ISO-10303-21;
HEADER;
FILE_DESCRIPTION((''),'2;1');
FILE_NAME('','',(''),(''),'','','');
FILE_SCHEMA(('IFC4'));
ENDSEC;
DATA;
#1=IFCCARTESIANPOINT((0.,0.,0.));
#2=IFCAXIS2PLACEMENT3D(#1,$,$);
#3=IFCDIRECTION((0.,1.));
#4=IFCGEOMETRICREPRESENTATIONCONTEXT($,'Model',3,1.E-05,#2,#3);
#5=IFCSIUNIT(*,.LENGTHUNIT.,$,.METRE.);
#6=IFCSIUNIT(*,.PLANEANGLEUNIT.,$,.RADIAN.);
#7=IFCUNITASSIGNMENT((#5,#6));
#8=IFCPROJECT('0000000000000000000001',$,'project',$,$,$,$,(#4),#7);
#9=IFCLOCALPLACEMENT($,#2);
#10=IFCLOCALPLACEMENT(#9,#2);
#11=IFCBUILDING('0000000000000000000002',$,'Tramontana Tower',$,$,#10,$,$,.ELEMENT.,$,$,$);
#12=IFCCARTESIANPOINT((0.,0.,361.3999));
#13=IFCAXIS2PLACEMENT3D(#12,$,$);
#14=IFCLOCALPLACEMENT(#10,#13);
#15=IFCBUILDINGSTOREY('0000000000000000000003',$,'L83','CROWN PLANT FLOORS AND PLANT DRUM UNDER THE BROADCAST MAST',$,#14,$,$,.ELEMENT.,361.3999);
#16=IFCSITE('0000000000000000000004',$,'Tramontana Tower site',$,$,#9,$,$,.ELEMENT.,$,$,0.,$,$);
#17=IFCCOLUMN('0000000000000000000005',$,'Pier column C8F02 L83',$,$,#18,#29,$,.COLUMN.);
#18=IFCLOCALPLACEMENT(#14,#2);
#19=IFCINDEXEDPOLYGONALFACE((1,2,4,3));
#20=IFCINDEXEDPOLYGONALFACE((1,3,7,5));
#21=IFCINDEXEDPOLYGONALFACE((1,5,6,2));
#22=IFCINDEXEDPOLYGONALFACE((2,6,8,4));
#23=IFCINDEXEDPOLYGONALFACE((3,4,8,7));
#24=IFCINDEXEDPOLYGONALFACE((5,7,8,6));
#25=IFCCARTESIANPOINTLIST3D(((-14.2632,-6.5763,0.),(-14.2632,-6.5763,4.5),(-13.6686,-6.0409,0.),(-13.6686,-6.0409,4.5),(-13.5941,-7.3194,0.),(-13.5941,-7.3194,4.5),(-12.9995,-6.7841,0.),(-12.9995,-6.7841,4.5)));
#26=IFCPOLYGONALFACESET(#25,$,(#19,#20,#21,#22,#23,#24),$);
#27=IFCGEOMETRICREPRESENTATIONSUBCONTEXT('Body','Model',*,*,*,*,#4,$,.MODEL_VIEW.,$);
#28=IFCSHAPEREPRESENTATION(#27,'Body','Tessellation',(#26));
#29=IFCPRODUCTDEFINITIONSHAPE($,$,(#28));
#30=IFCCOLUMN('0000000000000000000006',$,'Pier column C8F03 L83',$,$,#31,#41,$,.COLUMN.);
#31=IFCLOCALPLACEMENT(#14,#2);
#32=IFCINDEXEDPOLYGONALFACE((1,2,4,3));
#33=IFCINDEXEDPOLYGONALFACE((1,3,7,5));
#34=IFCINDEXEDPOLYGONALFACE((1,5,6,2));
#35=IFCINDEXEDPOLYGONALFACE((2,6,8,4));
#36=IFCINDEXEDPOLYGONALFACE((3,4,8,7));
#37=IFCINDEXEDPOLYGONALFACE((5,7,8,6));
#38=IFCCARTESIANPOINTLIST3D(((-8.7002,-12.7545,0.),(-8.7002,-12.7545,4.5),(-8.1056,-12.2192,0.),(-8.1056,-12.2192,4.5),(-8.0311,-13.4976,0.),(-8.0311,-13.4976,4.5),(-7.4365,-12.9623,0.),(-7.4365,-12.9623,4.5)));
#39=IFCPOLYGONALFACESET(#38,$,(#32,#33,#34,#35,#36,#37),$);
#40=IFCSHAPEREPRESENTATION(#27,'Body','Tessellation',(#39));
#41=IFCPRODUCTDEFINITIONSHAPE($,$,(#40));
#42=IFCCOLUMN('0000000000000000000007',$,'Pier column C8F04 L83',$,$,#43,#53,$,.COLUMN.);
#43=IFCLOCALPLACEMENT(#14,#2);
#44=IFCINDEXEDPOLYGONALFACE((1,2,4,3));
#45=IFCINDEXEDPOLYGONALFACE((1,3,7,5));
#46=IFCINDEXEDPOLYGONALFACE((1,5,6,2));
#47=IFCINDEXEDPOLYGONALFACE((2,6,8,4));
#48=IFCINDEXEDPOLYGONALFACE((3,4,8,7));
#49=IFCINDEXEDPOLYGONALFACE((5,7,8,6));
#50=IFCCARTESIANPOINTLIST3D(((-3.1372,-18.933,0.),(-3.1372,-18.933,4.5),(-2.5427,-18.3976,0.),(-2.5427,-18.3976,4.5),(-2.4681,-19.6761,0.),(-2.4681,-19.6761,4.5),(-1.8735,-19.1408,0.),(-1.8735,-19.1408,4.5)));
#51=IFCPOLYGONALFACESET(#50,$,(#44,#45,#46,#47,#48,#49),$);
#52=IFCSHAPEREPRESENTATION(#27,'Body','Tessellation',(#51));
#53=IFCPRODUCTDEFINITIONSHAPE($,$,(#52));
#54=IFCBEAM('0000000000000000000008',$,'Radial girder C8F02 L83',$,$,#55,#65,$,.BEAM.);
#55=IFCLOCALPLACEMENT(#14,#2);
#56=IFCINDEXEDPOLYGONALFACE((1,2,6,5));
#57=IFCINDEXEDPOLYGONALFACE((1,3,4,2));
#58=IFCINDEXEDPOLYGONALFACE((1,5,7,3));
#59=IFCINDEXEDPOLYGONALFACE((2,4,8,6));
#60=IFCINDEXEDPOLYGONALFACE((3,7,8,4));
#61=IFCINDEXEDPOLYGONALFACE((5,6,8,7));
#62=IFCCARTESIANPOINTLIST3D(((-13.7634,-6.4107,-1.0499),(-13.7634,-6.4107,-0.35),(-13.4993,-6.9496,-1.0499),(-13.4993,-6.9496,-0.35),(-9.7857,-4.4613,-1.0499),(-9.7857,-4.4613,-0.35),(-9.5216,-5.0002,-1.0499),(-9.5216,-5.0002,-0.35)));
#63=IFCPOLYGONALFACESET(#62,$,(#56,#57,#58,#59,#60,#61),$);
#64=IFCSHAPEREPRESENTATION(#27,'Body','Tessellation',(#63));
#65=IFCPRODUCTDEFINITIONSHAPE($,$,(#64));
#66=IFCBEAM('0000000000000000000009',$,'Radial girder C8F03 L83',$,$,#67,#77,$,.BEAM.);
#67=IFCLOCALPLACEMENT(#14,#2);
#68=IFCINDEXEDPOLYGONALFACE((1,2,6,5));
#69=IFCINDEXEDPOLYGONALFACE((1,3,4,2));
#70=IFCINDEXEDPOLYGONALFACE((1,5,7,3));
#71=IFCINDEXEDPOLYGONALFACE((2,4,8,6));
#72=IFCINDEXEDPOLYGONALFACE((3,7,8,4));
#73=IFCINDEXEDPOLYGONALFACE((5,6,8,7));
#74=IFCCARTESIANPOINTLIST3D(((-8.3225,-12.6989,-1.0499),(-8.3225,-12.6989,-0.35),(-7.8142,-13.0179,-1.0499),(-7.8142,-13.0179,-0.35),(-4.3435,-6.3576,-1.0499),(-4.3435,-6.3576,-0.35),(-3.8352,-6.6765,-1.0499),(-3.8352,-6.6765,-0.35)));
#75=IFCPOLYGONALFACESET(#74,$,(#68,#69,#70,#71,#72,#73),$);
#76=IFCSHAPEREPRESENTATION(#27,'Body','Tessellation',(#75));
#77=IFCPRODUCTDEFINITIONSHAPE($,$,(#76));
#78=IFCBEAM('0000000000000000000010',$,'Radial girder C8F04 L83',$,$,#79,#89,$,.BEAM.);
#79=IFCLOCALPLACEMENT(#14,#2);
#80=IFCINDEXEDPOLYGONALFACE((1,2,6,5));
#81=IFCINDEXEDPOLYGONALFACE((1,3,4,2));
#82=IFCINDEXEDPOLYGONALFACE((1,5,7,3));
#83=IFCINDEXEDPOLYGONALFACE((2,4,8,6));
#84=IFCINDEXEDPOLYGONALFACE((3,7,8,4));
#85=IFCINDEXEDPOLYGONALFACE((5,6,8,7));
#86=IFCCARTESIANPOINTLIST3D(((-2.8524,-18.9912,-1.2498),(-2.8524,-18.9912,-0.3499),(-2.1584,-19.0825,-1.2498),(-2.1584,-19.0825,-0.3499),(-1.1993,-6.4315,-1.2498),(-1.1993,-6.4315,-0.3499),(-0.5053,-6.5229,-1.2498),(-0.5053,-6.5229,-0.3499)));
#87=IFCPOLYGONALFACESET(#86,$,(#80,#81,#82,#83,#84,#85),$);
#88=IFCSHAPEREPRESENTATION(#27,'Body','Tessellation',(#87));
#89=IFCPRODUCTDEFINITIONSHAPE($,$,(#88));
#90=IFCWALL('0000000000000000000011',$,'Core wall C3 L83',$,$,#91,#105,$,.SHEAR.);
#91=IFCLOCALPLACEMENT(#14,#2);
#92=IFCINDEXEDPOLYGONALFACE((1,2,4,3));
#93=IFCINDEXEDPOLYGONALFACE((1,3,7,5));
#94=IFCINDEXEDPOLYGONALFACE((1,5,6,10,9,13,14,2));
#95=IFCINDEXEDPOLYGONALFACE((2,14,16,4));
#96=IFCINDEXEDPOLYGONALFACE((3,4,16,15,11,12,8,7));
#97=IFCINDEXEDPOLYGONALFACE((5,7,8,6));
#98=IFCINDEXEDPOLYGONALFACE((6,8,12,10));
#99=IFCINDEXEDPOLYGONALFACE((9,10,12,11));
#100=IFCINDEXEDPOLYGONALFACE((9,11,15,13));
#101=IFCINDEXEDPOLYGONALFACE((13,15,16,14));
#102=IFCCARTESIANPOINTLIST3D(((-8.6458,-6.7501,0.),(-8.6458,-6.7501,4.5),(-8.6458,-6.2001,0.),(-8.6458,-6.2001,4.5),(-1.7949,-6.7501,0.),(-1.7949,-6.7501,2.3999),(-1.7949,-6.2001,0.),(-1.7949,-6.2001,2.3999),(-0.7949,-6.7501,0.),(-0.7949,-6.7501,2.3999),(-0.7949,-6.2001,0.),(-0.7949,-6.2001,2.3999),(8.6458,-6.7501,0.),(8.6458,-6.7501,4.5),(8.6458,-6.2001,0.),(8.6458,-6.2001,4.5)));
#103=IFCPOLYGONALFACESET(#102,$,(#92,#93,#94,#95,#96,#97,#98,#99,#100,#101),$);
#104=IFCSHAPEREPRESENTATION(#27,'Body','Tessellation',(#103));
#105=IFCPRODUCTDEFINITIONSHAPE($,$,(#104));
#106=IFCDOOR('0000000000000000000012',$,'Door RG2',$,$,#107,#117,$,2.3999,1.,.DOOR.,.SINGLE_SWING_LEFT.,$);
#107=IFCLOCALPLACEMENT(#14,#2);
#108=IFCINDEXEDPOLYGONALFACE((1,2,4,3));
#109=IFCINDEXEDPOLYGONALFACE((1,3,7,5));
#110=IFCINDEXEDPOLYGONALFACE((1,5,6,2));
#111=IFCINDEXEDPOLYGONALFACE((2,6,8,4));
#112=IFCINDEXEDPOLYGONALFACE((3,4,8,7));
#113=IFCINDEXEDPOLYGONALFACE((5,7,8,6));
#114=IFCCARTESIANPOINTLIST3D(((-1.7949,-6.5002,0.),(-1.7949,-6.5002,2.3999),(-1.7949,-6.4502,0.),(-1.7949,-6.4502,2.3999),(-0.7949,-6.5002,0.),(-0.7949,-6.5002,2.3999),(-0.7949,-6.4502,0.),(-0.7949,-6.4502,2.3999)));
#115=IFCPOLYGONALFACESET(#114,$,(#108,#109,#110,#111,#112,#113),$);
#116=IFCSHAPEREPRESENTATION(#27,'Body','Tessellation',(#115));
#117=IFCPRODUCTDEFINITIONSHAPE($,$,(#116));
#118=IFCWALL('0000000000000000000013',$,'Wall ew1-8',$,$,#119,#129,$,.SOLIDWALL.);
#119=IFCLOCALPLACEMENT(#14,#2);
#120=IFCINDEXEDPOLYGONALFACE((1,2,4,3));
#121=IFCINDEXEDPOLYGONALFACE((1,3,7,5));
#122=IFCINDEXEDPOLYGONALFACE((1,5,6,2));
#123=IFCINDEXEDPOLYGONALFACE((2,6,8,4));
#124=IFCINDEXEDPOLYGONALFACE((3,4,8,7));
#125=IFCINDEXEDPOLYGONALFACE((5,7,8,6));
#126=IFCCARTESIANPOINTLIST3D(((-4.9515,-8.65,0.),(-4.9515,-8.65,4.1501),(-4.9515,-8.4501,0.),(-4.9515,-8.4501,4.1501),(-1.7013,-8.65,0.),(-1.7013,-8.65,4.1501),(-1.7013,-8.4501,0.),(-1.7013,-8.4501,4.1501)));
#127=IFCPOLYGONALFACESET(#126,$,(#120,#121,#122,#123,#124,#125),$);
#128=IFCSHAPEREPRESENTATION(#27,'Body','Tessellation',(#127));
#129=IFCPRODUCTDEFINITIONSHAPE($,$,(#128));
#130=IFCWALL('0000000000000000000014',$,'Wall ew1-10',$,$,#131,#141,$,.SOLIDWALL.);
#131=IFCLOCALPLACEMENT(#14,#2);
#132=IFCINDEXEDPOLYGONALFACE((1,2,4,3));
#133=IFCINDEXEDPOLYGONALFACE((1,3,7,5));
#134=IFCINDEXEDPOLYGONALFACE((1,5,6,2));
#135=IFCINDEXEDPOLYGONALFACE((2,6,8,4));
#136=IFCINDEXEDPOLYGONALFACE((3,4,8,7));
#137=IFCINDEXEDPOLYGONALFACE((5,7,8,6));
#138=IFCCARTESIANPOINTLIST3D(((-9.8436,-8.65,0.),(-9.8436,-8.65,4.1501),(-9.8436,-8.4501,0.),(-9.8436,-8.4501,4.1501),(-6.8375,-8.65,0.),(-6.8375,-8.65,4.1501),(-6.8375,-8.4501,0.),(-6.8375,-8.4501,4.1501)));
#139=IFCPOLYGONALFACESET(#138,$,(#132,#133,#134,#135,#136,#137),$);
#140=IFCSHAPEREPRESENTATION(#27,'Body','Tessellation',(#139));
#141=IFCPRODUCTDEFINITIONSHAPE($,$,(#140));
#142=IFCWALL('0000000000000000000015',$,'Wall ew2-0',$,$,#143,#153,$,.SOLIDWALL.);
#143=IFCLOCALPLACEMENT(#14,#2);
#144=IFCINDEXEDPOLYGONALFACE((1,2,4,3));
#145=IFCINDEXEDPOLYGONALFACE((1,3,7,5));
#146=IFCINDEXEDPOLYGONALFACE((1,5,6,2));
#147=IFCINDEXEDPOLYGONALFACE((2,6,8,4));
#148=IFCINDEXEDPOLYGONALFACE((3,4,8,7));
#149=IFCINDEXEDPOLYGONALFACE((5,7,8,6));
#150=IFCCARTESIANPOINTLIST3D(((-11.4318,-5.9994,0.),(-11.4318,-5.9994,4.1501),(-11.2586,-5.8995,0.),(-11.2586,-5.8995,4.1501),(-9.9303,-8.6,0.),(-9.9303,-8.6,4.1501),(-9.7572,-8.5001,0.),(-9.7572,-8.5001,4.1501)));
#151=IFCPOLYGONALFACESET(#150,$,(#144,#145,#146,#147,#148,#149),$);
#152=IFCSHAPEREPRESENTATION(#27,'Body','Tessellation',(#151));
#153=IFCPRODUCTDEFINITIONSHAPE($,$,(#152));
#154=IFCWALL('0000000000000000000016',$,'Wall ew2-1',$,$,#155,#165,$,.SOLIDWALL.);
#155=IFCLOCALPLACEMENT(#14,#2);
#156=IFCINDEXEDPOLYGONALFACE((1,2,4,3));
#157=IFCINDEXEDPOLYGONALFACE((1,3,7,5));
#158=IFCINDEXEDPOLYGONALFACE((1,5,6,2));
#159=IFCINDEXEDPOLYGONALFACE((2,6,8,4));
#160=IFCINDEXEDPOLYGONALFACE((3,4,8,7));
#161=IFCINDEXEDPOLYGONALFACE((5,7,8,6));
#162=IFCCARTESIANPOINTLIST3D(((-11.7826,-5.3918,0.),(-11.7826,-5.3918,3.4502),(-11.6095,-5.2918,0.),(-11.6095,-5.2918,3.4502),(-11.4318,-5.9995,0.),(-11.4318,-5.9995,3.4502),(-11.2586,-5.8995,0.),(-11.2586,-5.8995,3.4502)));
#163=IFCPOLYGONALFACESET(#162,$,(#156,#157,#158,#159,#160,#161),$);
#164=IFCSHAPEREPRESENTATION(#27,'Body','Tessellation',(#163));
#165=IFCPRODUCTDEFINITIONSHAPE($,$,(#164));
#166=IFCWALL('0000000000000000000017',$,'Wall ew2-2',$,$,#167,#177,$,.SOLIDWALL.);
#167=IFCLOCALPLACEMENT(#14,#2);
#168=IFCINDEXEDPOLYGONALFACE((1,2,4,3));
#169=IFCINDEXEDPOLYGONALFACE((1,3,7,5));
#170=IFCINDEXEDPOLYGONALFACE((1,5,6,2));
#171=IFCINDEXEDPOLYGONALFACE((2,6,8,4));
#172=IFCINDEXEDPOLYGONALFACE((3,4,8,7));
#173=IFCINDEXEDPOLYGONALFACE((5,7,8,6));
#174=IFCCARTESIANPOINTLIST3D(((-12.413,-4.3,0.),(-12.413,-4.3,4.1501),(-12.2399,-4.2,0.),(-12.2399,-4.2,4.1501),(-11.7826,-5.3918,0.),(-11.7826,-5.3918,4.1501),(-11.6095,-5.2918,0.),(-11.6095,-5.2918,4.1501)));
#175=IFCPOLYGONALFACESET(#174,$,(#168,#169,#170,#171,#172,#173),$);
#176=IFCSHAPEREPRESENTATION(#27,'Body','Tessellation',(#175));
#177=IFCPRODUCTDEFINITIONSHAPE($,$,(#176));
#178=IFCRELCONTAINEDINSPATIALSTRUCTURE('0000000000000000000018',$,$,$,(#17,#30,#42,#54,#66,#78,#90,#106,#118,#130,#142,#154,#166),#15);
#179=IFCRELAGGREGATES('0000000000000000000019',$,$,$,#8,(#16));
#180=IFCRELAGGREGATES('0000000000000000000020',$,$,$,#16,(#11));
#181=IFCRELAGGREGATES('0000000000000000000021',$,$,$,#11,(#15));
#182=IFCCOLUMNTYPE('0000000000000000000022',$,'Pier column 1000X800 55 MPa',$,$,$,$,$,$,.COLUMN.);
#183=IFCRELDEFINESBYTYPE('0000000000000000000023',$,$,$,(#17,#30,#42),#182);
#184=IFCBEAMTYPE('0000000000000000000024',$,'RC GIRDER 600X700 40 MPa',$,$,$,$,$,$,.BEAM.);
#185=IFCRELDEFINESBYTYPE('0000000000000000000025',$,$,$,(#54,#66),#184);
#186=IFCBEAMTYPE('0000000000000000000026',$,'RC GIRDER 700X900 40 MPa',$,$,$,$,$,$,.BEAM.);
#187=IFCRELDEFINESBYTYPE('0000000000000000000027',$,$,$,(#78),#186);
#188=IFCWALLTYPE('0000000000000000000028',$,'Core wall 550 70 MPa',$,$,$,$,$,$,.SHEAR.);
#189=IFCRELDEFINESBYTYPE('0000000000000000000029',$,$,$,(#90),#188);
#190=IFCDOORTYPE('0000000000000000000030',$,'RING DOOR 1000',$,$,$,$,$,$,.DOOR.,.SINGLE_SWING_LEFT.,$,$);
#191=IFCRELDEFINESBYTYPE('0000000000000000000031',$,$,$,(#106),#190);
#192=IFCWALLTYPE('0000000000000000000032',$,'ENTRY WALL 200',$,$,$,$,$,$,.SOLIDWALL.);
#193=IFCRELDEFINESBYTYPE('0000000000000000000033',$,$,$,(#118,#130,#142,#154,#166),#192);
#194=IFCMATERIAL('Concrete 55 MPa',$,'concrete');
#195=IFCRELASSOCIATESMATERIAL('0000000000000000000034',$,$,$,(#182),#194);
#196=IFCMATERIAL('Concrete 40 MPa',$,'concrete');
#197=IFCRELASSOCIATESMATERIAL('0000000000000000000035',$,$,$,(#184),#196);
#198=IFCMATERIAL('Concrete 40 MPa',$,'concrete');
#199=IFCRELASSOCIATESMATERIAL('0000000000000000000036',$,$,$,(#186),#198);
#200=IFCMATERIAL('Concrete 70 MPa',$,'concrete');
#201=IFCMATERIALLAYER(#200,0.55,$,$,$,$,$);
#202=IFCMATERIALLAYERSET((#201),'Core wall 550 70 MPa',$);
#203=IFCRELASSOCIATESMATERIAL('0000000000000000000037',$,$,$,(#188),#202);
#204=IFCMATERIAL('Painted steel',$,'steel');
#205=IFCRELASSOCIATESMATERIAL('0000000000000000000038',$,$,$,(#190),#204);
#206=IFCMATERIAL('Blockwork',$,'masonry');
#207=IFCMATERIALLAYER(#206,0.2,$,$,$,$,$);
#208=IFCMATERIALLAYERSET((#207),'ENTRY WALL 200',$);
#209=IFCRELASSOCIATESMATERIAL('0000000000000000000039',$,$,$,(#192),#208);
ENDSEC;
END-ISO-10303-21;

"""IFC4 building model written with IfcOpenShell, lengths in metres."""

from ifc_helpers import new_model, si_unit, direction, frame, frame_2d, origin, origin_2d, place, context, subcontext, project, spatial, rectangle, extrude, material, layer, layer_set, material_profile, profile_set, type_object, element, fill, save


model = new_model("IFC4")

# Units and contexts
model_context = context("Model", 3, precision=1e-05, world=origin(), true_north=direction((0.0, 1.0)))
body_context = subcontext(model_context, "Body", "Model", "MODEL_VIEW")
ifc_project = project(units=[si_unit("LENGTHUNIT", "METRE"), si_unit("PLANEANGLEUNIT", "RADIAN")], contexts=[model_context])

# Site, building, storey
site_placement = place(None, origin())
site = spatial("IfcSite", under=ifc_project, at=site_placement, Name="Tramontana Tower site", CompositionType="ELEMENT", RefElevation=0.0)
building_placement = place(site_placement, origin())
building = spatial("IfcBuilding", under=site, at=building_placement, Name="Tramontana Tower", CompositionType="ELEMENT")
storey_placement = place(building_placement, frame((0.0, 0.0, 361.3999)))
storey = spatial("IfcBuildingStorey", under=building, at=storey_placement, Name="L83", Description="CROWN PLANT FLOORS AND PLANT DRUM UNDER THE BROADCAST MAST", CompositionType="ELEMENT", Elevation=361.3999)

# Columns
ifc_material_1 = material(Name="Concrete 55 MPa", Category="concrete")
ifc_material_profile_1 = material_profile(ifc_material_1, rectangle(XDim=1.0, YDim=0.8, at=origin_2d()), Name="Pier column 1000X800 55 MPa")
ifc_profile_set_1 = profile_set([ifc_material_profile_1], Name="Concrete 55 MPa")
column_type = type_object("IfcColumnType", Name="Pier column 1000X800 55 MPa", PredefinedType="COLUMN", material=ifc_profile_set_1)
for number, where, z_axis, x_axis, name in (
    (1, (-13.6313, -6.6802, 0.0), (0.0, 0.0, 1.0), (0.669131, -0.743145, 0.0), "Pier column C8F02 L83"),
    (2, (-8.0684, -12.8584, 0.0), (0.0, 0.0, 1.0), (0.669131, -0.743145, 0.0), "Pier column C8F03 L83"),
    (3, (-2.5054, -19.0369, 0.0), (0.0, 0.0, 1.0), (0.669131, -0.743145, 0.0), "Pier column C8F04 L83"),
):
    element("IfcColumn", number, at=place(storey_placement, frame(where, z_axis=z_axis, x_axis=x_axis)), inside=storey, type_object=column_type, Name=name, PredefinedType="COLUMN", context=body_context, shape_type="SweptSolid", body=[
        extrude(rectangle(XDim=1.0, YDim=0.8, at=origin_2d()), origin(), (0.0, 0.0, 1.0), 4.5),
    ])

# Beams
ifc_material_2 = material(Name="Concrete 40 MPa", Category="concrete")
ifc_material_profile_2 = material_profile(ifc_material_2, rectangle(XDim=0.6001, YDim=0.7, at=origin_2d()), Name="RC GIRDER 600X700 40 MPa")
ifc_profile_set_2 = profile_set([ifc_material_profile_2], Name="Concrete 40 MPa")
beam_type_1 = type_object("IfcBeamType", Name="RC GIRDER 600X700 40 MPa", PredefinedType="BEAM", material=ifc_profile_set_2)
beam_1_placement = place(storey_placement, frame((-13.6313, -6.6802, -0.7), z_axis=(0.897959, 0.440079, 0.0), x_axis=(-0.440079, 0.897959, 0.0)))
element("IfcBeam", 4, at=beam_1_placement, inside=storey, type_object=beam_type_1, Name="Radial girder C8F02 L83", PredefinedType="BEAM", context=body_context, shape_type="SweptSolid", body=[
    extrude(rectangle(XDim=0.6001, YDim=0.7, at=origin_2d()), origin(), (0.0, 0.0, 1.0), 4.4297),
])
beam_2_placement = place(storey_placement, frame((-8.0684, -12.8584, -0.7), z_axis=(0.531505, 0.847055, 0.0), x_axis=(-0.847055, 0.531505, 0.0)))
element("IfcBeam", 5, at=beam_2_placement, inside=storey, type_object=beam_type_1, Name="Radial girder C8F03 L83", PredefinedType="BEAM", context=body_context, shape_type="SweptSolid", body=[
    extrude(rectangle(XDim=0.6001, YDim=0.7, at=origin_2d()), origin(), (0.0, 0.0, 1.0), 7.4863),
])
ifc_material_3 = material(Name="Concrete 40 MPa", Category="concrete")
ifc_material_profile_3 = material_profile(ifc_material_3, rectangle(XDim=0.7, YDim=0.8999, at=origin_2d()), Name="RC GIRDER 700X900 40 MPa")
ifc_profile_set_3 = profile_set([ifc_material_profile_3], Name="Concrete 40 MPa")
beam_type_2 = type_object("IfcBeamType", Name="RC GIRDER 700X900 40 MPa", PredefinedType="BEAM", material=ifc_profile_set_3)
beam_3_placement = place(storey_placement, frame((-2.5054, -19.0369, -0.7998), z_axis=(0.130493, 0.991449, 0.0), x_axis=(-0.991449, 0.130493, 0.0)))
element("IfcBeam", 6, at=beam_3_placement, inside=storey, type_object=beam_type_2, Name="Radial girder C8F04 L83", PredefinedType="BEAM", context=body_context, shape_type="SweptSolid", body=[
    extrude(rectangle(XDim=0.7, YDim=0.8999, at=origin_2d()), origin(), (0.0, 0.0, 1.0), 12.668),
])

# Wall, opening, door
ifc_material_4 = material(Name="Concrete 70 MPa", Category="concrete")
ifc_layer_1 = layer(ifc_material_4, 0.55)
ifc_layer_set_1 = layer_set([ifc_layer_1], Name="Core wall 550 70 MPa")
wall_type_1 = type_object("IfcWallType", Name="Core wall 550 70 MPa", PredefinedType="SHEAR", material=ifc_layer_set_1)
wall_1_placement = place(storey_placement, frame((-8.6458, -6.4751, 0.0), z_axis=(0.0, 0.0, 1.0), x_axis=(1.0, 0.0, 0.0)))
wall_1 = element("IfcWall", 7, at=wall_1_placement, inside=storey, type_object=wall_type_1, Name="Core wall C3 L83", PredefinedType="SHEAR", context=body_context, shape_type="SweptSolid", body=[
    extrude(rectangle(XDim=17.2915, YDim=0.55, at=frame_2d((8.6458, 0.0))), origin(), (0.0, 0.0, 1.0), 4.5),
])
opening_1_placement = place(wall_1_placement, frame((6.8508, 0.0, 0.0)))
opening_1 = element("IfcOpeningElement", 8, at=opening_1_placement, cuts=wall_1, PredefinedType="OPENING", context=body_context, shape_type="SweptSolid", body=[
    extrude(rectangle(XDim=1.0, YDim=2.3999, at=frame_2d((0.5, 1.2))), frame((0.0, 0.2849, 0.0), z_axis=(0.0, -1.0, 0.0), x_axis=(1.0, 0.0, 0.0)), (0.0, 0.0, 1.0), 0.5701),
])
ifc_material_5 = material(Name="Painted steel", Category="steel")
door_type_1 = type_object("IfcDoorType", Name="RING DOOR 1000", OperationType="SINGLE_SWING_LEFT", PredefinedType="DOOR", material=ifc_material_5)
door_1_placement = place(opening_1_placement, origin())
door_1 = element("IfcDoor", 9, at=door_1_placement, inside=storey, type_object=door_type_1, Name="Door RG2", OperationType="SINGLE_SWING_LEFT", OverallHeight=2.3999, OverallWidth=1.0, PredefinedType="DOOR", context=body_context, shape_type="SweptSolid", body=[
    extrude(rectangle(XDim=1.0, YDim=2.3999, at=frame_2d((0.5, 1.2))), frame((0.0, 0.0249, 0.0), z_axis=(0.0, -1.0, 0.0), x_axis=(1.0, 0.0, 0.0)), (0.0, 0.0, 1.0), 0.05),
])
fill(opening_1, door_1)
ifc_material_6 = material(Name="Blockwork", Category="masonry")
ifc_layer_2 = layer(ifc_material_6, 0.2)
ifc_layer_set_2 = layer_set([ifc_layer_2], Name="ENTRY WALL 200")
wall_type_2 = type_object("IfcWallType", Name="ENTRY WALL 200", PredefinedType="SOLIDWALL", material=ifc_layer_set_2)

# Wall
wall_2_placement = place(storey_placement, frame((-1.7014, -8.55, 0.0), z_axis=(0.0, 0.0, 1.0), x_axis=(-1.0, 0.0, 0.0)))
element("IfcWall", 10, at=wall_2_placement, inside=storey, type_object=wall_type_2, Name="Wall ew1-8", PredefinedType="SOLIDWALL", context=body_context, shape_type="SweptSolid", body=[
    extrude(rectangle(XDim=3.2502, YDim=0.2, at=frame_2d((1.625, 0.0))), origin(), (0.0, 0.0, 1.0), 4.1501),
])

# Walls
wall_3_placement = place(storey_placement, frame((-6.8376, -8.55, 0.0), z_axis=(0.0, 0.0, 1.0), x_axis=(-1.0, 0.0, 0.0)))
element("IfcWall", 11, at=wall_3_placement, inside=storey, type_object=wall_type_2, Name="Wall ew1-10", PredefinedType="SOLIDWALL", context=body_context, shape_type="SweptSolid", body=[
    extrude(rectangle(XDim=3.0061, YDim=0.2, at=frame_2d((1.5029, 0.0))), origin(), (0.0, 0.0, 1.0), 4.1501),
])
wall_4_placement = place(storey_placement, frame((-9.8438, -8.55, 0.0), z_axis=(0.0, 0.0, 1.0), x_axis=(-0.500004, 0.866023, 0.0)))
element("IfcWall", 12, at=wall_4_placement, inside=storey, type_object=wall_type_2, Name="Wall ew2-0", PredefinedType="SOLIDWALL", context=body_context, shape_type="SweptSolid", body=[
    extrude(rectangle(XDim=3.0029, YDim=0.2, at=frame_2d((1.5015, 0.0))), origin(), (0.0, 0.0, 1.0), 4.1501),
])
wall_5_placement = place(storey_placement, frame((-11.3452, -5.9495, 0.0), z_axis=(0.0, 0.0, 1.0), x_axis=(-0.499994, 0.866029, 0.0)))
element("IfcWall", 13, at=wall_5_placement, inside=storey, type_object=wall_type_2, Name="Wall ew2-1", PredefinedType="SOLIDWALL", context=body_context, shape_type="SweptSolid", body=[
    extrude(rectangle(XDim=0.7017, YDim=0.2, at=frame_2d((0.3508, 0.0))), origin(), (0.0, 0.0, 1.0), 3.4502),
])
wall_6_placement = place(storey_placement, frame((-11.696, -5.3418, 0.0), z_axis=(0.0, 0.0, 1.0), x_axis=(-0.500013, 0.866018, 0.0)))
element("IfcWall", 14, at=wall_6_placement, inside=storey, type_object=wall_type_2, Name="Wall ew2-2", PredefinedType="SOLIDWALL", context=body_context, shape_type="SweptSolid", body=[
    extrude(rectangle(XDim=1.2607, YDim=0.2, at=frame_2d((0.6304, 0.0))), origin(), (0.0, 0.0, 1.0), 4.1501),
])

save(model, "model.ifc")
